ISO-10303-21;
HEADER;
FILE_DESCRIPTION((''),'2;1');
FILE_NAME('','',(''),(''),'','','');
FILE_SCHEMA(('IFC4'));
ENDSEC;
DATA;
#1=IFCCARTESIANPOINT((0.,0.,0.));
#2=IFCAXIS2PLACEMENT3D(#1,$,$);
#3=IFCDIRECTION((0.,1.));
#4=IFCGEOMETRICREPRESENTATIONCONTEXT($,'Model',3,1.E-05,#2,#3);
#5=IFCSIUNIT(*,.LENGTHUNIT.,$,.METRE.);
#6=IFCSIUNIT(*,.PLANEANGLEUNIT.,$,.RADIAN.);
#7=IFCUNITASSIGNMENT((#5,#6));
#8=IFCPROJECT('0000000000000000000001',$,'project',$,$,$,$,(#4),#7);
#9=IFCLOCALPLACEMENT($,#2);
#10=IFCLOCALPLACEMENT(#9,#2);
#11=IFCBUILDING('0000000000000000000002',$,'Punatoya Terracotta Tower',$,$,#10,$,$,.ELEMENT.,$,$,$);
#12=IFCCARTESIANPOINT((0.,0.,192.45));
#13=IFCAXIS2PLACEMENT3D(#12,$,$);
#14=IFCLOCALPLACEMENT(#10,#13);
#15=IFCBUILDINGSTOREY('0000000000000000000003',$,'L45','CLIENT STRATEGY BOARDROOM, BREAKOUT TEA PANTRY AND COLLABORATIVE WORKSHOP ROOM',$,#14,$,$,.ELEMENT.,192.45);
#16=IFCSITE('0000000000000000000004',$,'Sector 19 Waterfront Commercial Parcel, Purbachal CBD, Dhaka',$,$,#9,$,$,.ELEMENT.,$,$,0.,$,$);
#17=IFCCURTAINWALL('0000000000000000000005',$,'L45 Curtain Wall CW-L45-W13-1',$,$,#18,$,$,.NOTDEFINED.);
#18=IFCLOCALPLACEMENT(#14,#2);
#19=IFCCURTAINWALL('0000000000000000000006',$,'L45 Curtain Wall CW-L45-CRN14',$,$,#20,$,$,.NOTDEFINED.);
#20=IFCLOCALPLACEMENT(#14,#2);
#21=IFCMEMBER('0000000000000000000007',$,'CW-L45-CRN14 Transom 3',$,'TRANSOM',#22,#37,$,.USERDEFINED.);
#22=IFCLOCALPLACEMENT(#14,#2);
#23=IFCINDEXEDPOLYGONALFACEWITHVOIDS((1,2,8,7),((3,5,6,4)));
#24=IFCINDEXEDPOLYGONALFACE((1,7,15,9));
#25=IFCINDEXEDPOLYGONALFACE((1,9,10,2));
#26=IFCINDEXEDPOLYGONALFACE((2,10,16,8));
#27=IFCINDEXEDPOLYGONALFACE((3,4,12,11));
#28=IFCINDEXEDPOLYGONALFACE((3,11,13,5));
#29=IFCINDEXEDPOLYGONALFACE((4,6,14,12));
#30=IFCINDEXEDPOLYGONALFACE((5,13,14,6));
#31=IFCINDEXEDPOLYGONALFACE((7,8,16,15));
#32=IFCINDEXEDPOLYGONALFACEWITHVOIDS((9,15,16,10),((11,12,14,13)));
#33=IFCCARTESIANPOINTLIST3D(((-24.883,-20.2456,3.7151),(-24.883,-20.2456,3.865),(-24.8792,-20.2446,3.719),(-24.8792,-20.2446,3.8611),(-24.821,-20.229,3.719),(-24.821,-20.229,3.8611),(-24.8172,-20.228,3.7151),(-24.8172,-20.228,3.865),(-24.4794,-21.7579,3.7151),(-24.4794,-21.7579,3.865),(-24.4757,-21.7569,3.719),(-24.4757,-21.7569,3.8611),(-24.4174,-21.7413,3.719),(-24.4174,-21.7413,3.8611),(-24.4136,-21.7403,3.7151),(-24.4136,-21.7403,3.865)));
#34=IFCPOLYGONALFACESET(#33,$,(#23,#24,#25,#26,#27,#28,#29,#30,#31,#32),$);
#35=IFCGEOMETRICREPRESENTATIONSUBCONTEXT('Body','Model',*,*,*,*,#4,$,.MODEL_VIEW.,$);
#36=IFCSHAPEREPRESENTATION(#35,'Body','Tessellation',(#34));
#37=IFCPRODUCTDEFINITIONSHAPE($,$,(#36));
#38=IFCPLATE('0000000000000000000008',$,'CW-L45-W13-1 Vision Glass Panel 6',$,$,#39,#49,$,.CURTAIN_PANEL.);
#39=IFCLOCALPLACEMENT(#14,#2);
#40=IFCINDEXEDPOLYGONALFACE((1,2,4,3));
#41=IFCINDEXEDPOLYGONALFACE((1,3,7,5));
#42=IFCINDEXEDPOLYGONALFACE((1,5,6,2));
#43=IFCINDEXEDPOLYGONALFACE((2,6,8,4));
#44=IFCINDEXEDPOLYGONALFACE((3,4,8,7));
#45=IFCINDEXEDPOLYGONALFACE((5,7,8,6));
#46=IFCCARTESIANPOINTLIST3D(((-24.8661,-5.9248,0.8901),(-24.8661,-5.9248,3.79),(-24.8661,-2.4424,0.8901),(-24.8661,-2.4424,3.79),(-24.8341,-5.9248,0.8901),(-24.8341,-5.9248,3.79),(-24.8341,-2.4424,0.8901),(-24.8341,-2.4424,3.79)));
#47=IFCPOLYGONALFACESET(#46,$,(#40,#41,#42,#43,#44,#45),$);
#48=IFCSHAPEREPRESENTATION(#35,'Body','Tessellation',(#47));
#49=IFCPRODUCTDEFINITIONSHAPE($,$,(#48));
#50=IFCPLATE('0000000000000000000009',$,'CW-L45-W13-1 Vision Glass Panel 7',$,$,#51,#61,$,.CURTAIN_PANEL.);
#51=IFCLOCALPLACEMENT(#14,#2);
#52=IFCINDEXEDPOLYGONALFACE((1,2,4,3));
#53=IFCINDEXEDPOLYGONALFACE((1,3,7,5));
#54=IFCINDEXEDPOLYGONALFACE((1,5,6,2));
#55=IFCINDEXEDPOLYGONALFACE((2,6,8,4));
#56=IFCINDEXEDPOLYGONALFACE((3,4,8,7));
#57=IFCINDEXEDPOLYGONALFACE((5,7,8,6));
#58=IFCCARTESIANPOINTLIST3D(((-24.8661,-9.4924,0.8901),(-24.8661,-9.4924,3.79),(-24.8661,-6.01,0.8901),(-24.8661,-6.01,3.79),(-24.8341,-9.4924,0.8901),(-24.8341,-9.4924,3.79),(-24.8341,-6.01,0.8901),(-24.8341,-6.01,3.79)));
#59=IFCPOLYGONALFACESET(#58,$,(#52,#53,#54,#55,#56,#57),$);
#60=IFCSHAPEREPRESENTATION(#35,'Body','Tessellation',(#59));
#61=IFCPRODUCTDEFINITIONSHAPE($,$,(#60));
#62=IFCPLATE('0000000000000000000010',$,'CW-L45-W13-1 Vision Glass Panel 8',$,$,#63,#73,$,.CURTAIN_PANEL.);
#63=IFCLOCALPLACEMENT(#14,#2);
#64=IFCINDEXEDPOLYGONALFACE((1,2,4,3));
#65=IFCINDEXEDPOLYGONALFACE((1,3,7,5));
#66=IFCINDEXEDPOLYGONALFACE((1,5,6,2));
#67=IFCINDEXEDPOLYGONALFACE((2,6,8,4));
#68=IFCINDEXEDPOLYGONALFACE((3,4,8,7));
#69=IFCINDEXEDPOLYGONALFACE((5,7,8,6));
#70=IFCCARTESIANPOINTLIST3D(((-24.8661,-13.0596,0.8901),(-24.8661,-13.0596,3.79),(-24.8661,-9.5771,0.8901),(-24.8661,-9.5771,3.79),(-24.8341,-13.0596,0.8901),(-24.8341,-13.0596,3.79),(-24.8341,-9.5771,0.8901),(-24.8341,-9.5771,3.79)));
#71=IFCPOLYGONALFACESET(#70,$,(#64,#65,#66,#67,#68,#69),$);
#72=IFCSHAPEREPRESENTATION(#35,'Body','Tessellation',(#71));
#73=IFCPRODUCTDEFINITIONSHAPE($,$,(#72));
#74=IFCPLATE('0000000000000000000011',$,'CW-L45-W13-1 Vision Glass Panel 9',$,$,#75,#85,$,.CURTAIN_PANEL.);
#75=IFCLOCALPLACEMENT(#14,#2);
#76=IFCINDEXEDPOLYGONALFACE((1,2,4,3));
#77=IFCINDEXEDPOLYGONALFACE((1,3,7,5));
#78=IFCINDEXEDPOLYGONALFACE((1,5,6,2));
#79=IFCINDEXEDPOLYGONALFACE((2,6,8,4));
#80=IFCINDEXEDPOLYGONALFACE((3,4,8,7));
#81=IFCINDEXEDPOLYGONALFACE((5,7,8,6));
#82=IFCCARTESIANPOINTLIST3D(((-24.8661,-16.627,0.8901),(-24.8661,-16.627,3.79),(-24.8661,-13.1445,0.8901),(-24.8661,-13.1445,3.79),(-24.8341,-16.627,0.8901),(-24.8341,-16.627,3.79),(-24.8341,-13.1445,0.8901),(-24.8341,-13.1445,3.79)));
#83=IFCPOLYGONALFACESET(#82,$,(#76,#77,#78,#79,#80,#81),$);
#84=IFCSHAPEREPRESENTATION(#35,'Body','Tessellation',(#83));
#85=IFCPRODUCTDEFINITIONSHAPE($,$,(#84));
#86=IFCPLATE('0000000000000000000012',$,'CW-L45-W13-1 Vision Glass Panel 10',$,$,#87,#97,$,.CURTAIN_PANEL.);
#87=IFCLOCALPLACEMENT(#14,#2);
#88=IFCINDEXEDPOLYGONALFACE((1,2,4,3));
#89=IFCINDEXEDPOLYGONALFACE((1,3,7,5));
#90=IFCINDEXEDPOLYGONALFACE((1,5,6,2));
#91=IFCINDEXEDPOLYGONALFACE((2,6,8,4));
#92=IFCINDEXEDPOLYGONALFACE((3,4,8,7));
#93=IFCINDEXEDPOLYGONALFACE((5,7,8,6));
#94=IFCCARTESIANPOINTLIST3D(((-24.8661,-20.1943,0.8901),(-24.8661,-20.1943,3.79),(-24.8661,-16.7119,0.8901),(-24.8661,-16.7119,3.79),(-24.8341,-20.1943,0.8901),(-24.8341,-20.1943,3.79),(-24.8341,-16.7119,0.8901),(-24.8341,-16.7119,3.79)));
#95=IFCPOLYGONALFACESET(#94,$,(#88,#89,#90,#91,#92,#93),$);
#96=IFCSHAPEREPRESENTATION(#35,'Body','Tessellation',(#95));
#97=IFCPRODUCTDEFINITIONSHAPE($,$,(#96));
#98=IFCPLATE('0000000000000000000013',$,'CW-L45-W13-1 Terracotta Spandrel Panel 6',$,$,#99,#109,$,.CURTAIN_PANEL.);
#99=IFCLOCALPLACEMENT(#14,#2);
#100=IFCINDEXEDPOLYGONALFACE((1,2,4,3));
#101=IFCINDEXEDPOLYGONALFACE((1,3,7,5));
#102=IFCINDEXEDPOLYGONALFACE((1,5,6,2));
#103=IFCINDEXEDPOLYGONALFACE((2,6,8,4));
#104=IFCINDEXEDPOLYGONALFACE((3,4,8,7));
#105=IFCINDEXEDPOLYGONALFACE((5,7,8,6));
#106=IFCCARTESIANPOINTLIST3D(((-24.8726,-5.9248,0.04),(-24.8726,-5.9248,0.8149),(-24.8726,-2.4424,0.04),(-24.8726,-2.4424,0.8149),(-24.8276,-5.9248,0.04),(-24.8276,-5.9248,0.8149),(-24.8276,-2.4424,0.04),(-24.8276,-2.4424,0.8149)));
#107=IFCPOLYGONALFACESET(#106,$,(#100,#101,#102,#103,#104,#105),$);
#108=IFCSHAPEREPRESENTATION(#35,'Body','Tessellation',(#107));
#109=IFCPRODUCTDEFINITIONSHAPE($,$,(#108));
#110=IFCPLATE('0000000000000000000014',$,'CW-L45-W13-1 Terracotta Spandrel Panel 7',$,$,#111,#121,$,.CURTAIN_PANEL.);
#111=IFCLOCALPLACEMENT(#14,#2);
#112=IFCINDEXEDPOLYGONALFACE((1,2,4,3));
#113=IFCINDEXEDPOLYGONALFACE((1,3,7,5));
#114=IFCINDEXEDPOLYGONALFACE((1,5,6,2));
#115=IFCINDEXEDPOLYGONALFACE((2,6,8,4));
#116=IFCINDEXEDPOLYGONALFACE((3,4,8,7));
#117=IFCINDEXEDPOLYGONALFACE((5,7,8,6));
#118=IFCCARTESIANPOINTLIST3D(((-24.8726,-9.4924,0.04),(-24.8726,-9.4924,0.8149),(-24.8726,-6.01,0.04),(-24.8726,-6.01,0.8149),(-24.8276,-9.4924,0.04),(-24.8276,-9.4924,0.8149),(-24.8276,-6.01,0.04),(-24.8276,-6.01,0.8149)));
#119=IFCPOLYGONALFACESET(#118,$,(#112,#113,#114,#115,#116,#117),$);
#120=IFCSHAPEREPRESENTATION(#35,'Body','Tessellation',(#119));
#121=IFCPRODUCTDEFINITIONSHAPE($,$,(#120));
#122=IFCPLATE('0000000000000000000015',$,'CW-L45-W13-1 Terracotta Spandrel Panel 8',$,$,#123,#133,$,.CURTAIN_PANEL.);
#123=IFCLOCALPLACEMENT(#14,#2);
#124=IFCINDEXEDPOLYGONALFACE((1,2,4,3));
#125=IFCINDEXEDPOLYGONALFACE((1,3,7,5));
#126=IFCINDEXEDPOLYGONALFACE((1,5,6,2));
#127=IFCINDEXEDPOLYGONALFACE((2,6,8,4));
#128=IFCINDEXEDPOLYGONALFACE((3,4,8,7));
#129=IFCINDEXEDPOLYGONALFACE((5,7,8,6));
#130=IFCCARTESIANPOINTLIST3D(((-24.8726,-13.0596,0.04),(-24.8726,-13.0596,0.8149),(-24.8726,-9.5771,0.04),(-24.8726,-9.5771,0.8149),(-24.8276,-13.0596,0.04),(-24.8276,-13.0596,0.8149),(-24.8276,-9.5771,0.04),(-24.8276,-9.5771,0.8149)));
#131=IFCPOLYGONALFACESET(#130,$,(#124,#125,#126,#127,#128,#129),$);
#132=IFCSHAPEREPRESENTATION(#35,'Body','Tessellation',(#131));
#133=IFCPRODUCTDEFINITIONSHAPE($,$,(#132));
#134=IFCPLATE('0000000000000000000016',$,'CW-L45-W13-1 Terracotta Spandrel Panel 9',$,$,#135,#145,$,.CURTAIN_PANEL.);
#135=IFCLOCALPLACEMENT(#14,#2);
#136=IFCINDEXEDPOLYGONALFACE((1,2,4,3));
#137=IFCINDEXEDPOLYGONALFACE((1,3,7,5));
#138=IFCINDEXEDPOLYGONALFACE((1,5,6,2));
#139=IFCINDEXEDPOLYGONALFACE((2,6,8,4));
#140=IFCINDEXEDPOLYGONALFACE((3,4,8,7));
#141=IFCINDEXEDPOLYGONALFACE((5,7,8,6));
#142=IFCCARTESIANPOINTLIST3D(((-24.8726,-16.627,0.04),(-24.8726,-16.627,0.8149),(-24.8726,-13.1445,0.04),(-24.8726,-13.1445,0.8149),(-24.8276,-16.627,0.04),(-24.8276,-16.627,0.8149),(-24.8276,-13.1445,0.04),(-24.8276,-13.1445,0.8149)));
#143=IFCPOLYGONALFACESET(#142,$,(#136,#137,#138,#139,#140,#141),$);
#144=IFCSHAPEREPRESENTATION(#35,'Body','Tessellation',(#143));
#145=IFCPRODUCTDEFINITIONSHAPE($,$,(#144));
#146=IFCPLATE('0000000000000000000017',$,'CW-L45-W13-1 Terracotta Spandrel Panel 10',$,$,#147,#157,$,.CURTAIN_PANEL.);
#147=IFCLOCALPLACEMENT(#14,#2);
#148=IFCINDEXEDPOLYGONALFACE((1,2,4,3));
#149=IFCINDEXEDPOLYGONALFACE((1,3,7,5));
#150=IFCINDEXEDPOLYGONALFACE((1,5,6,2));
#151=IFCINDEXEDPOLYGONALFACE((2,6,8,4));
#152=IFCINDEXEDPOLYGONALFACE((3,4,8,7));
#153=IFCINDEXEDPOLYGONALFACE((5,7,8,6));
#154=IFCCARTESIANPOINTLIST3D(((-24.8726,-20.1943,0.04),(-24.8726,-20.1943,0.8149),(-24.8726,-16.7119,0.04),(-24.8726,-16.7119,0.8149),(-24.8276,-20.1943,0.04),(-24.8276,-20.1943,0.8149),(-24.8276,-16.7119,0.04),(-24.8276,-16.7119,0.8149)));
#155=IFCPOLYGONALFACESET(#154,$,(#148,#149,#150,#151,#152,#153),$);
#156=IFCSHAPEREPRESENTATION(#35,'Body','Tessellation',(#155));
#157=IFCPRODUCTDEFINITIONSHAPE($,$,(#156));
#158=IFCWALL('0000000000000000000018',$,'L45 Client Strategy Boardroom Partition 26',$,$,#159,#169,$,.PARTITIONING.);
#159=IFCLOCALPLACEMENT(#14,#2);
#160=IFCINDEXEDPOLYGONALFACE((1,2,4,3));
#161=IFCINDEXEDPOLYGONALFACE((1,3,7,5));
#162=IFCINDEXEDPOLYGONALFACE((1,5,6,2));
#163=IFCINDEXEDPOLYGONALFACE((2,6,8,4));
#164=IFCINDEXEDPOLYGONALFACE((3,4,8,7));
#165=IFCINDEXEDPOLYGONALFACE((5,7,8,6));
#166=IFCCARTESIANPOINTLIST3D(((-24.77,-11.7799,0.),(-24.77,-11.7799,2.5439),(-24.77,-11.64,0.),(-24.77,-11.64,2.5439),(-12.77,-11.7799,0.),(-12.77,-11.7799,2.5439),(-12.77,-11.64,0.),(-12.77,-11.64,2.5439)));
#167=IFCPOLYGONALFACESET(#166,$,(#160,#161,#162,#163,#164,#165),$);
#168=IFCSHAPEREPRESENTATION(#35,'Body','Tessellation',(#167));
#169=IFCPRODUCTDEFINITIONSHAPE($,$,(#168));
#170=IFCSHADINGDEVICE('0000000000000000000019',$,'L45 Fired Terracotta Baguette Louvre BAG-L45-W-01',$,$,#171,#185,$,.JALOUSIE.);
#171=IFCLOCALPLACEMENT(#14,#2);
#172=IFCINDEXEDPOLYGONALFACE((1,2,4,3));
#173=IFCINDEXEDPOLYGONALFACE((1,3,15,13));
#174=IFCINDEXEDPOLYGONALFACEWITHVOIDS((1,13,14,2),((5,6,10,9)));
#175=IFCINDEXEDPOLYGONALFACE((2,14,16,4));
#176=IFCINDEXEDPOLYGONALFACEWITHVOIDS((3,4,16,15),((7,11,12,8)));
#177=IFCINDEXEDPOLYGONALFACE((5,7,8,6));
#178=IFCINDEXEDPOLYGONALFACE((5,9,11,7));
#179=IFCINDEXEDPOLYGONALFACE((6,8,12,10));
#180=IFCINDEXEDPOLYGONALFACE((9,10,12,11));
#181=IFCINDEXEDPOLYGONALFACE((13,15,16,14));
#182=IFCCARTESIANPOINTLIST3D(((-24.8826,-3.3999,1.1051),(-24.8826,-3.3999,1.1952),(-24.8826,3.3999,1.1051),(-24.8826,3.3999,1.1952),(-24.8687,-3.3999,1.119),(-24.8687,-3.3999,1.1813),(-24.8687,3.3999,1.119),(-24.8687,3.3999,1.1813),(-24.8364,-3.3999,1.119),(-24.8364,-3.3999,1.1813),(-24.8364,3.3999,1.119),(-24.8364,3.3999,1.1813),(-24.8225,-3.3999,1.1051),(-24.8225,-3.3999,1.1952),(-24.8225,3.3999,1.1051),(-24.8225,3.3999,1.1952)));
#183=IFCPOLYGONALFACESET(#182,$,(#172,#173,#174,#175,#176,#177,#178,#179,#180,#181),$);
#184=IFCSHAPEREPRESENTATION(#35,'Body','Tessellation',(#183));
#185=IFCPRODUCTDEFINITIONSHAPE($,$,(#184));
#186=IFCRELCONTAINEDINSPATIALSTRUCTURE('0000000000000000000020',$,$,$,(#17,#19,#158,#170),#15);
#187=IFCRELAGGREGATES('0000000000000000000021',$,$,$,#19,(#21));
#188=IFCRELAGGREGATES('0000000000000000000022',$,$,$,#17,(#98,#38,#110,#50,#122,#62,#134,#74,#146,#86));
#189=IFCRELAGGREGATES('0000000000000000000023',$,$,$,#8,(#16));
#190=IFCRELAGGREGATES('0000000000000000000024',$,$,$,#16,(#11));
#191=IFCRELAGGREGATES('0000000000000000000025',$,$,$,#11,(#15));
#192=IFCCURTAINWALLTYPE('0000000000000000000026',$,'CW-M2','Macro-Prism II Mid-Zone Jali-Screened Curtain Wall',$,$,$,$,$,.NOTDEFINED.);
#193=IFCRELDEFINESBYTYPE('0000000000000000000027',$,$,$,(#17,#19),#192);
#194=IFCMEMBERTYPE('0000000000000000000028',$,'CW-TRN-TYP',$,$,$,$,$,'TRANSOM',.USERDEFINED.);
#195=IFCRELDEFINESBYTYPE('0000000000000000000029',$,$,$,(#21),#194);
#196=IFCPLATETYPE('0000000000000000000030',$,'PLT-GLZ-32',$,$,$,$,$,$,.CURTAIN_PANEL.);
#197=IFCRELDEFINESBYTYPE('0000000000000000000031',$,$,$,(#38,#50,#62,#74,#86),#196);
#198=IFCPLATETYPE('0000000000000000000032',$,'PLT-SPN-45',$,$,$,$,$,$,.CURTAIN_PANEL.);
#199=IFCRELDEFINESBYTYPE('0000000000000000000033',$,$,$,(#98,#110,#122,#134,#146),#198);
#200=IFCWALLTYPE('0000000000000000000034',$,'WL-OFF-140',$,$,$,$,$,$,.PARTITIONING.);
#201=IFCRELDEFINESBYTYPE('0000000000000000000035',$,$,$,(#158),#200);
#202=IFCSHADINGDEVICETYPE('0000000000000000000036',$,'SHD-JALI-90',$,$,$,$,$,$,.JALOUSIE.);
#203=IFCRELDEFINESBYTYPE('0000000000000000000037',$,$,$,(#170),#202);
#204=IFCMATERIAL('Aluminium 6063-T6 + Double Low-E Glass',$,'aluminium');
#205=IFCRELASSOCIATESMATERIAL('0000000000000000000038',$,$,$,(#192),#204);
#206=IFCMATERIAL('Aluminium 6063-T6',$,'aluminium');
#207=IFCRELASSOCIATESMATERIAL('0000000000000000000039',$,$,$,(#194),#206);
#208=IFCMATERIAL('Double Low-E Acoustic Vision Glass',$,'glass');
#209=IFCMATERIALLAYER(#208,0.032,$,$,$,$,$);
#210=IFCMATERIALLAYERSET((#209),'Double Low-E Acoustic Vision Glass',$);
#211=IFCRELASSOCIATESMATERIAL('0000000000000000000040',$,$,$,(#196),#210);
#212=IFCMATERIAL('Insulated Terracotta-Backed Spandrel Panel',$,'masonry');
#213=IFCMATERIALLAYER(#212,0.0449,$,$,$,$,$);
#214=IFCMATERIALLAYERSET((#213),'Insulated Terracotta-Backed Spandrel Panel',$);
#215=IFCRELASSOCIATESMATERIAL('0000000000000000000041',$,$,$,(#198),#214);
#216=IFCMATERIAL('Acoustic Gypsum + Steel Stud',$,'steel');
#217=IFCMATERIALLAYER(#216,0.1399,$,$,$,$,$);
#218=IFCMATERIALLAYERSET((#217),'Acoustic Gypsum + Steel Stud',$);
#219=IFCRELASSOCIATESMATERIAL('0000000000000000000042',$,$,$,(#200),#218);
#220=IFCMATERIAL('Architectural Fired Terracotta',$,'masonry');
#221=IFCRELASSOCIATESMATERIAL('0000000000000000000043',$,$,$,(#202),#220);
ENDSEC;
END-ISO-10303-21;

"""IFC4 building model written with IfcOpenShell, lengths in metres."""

from ifc_helpers import new_model, si_unit, direction, frame, frame_2d, origin, origin_2d, place, context, subcontext, project, spatial, rectangle, hollow_rectangle, extrude, material, layer, layer_set, material_profile, profile_set, type_object, element, aggregate, save


model = new_model("IFC4")

# Units and contexts
model_context = context("Model", 3, precision=1e-05, world=origin(), true_north=direction((0.0, 1.0)))
body_context = subcontext(model_context, "Body", "Model", "MODEL_VIEW")
ifc_project = project(units=[si_unit("LENGTHUNIT", "METRE"), si_unit("PLANEANGLEUNIT", "RADIAN")], contexts=[model_context])

# Site, building, storey
site_placement = place(None, origin())
site = spatial("IfcSite", under=ifc_project, at=site_placement, Name="Sector 19 Waterfront Commercial Parcel, Purbachal CBD, Dhaka", CompositionType="ELEMENT", RefElevation=0.0)
building_placement = place(site_placement, origin())
building = spatial("IfcBuilding", under=site, at=building_placement, Name="Punatoya Terracotta Tower", CompositionType="ELEMENT")
storey_placement = place(building_placement, frame((0.0, 0.0, 192.45)))
storey = spatial("IfcBuildingStorey", under=building, at=storey_placement, Name="L45", Description="CLIENT STRATEGY BOARDROOM, BREAKOUT TEA PANTRY AND COLLABORATIVE WORKSHOP ROOM", CompositionType="ELEMENT", Elevation=192.45)

# Curtain wall
ifc_material_1 = material(Name="Aluminium 6063-T6 + Double Low-E Glass", Category="aluminium")
curtain_wall_type = type_object("IfcCurtainWallType", Name="CW-M2", Description="Macro-Prism II Mid-Zone Jali-Screened Curtain Wall", PredefinedType="NOTDEFINED", material=ifc_material_1)
curtain_wall_1_placement = place(storey_placement, origin())
curtain_wall_1 = element("IfcCurtainWall", 1, at=curtain_wall_1_placement, inside=storey, type_object=curtain_wall_type, Name="L45 Curtain Wall CW-L45-W13-1", PredefinedType="NOTDEFINED")
ifc_material_2 = material(Name="Aluminium 6063-T6", Category="aluminium")

# Curtain wall, member
curtain_wall_2_placement = place(storey_placement, origin())
curtain_wall_2 = element("IfcCurtainWall", 2, at=curtain_wall_2_placement, inside=storey, type_object=curtain_wall_type, Name="L45 Curtain Wall CW-L45-CRN14", PredefinedType="NOTDEFINED")
ifc_material_profile_1 = material_profile(ifc_material_2, hollow_rectangle(XDim=0.0681, YDim=0.1499, WallThickness=0.0039, at=origin_2d()))
ifc_profile_set_1 = profile_set([ifc_material_profile_1], Name="Aluminium 6063-T6")
member_type_1 = type_object("IfcMemberType", Name="CW-TRN-TYP", ElementType="TRANSOM", PredefinedType="USERDEFINED", material=ifc_profile_set_1)
member_1_placement = place(storey_placement, frame((-24.8501, -20.2368, 3.79), z_axis=(0.257847, -0.966186, 0.0), x_axis=(0.966186, 0.257847, 0.0)))
member_1 = element("IfcMember", 3, at=member_1_placement, type_object=member_type_1, Name="CW-L45-CRN14 Transom 3", ObjectType="TRANSOM", PredefinedType="USERDEFINED", context=body_context, shape_type="SweptSolid", body=[
    extrude(hollow_rectangle(XDim=0.0681, YDim=0.1499, WallThickness=0.0039, at=origin_2d()), origin(), (0.0, 0.0, 1.0), 1.5652),
])
aggregate(curtain_wall_2, [member_1])

# Plates
ifc_material_3 = material(Name="Double Low-E Acoustic Vision Glass", Category="glass")
ifc_layer_1 = layer(ifc_material_3, 0.032)
ifc_layer_set_1 = layer_set([ifc_layer_1], Name="Double Low-E Acoustic Vision Glass")
plate_type_1 = type_object("IfcPlateType", Name="PLT-GLZ-32", PredefinedType="CURTAIN_PANEL", material=ifc_layer_set_1)
plate_1_placement = place(storey_placement, frame((-24.8501, -4.1836, 0.8901), z_axis=(0.0, 0.0, 1.0), x_axis=(0.0, -1.0, 0.0)))
plate_1 = element("IfcPlate", 4, at=plate_1_placement, type_object=plate_type_1, Name="CW-L45-W13-1 Vision Glass Panel 6", PredefinedType="CURTAIN_PANEL", context=body_context, shape_type="SweptSolid", body=[
    extrude(rectangle(XDim=3.4824, YDim=0.032, at=origin_2d()), origin(), (0.0, 0.0, 1.0), 2.8999),
])
plate_2_placement = place(storey_placement, frame((-24.8501, -7.7512, 0.8901), z_axis=(0.0, 0.0, 1.0), x_axis=(0.0, -1.0, 0.0)))
plate_2 = element("IfcPlate", 5, at=plate_2_placement, type_object=plate_type_1, Name="CW-L45-W13-1 Vision Glass Panel 7", PredefinedType="CURTAIN_PANEL", context=body_context, shape_type="SweptSolid", body=[
    extrude(rectangle(XDim=3.4824, YDim=0.032, at=origin_2d()), origin(), (0.0, 0.0, 1.0), 2.8999),
])
plate_3_placement = place(storey_placement, frame((-24.8501, -11.3184, 0.8901), z_axis=(0.0, 0.0, 1.0), x_axis=(0.0, -1.0, 0.0)))
plate_3 = element("IfcPlate", 6, at=plate_3_placement, type_object=plate_type_1, Name="CW-L45-W13-1 Vision Glass Panel 8", PredefinedType="CURTAIN_PANEL", context=body_context, shape_type="SweptSolid", body=[
    extrude(rectangle(XDim=3.4824, YDim=0.032, at=origin_2d()), origin(), (0.0, 0.0, 1.0), 2.8999),
])
plate_4_placement = place(storey_placement, frame((-24.8501, -14.8857, 0.8901), z_axis=(0.0, 0.0, 1.0), x_axis=(0.0, -1.0, 0.0)))
plate_4 = element("IfcPlate", 7, at=plate_4_placement, type_object=plate_type_1, Name="CW-L45-W13-1 Vision Glass Panel 9", PredefinedType="CURTAIN_PANEL", context=body_context, shape_type="SweptSolid", body=[
    extrude(rectangle(XDim=3.4824, YDim=0.032, at=origin_2d()), origin(), (0.0, 0.0, 1.0), 2.8999),
])
plate_5_placement = place(storey_placement, frame((-24.8501, -18.4531, 0.8901), z_axis=(0.0, 0.0, 1.0), x_axis=(0.0, -1.0, 0.0)))
plate_5 = element("IfcPlate", 8, at=plate_5_placement, type_object=plate_type_1, Name="CW-L45-W13-1 Vision Glass Panel 10", PredefinedType="CURTAIN_PANEL", context=body_context, shape_type="SweptSolid", body=[
    extrude(rectangle(XDim=3.4824, YDim=0.032, at=origin_2d()), origin(), (0.0, 0.0, 1.0), 2.8999),
])
ifc_material_4 = material(Name="Insulated Terracotta-Backed Spandrel Panel", Category="masonry")
ifc_layer_2 = layer(ifc_material_4, 0.0449)
ifc_layer_set_2 = layer_set([ifc_layer_2], Name="Insulated Terracotta-Backed Spandrel Panel")
plate_type_2 = type_object("IfcPlateType", Name="PLT-SPN-45", PredefinedType="CURTAIN_PANEL", material=ifc_layer_set_2)
plate_6_placement = place(storey_placement, frame((-24.8501, -4.1836, 0.04), z_axis=(0.0, 0.0, 1.0), x_axis=(0.0, -1.0, 0.0)))
plate_6 = element("IfcPlate", 9, at=plate_6_placement, type_object=plate_type_2, Name="CW-L45-W13-1 Terracotta Spandrel Panel 6", PredefinedType="CURTAIN_PANEL", context=body_context, shape_type="SweptSolid", body=[
    extrude(rectangle(XDim=3.4824, YDim=0.0449, at=origin_2d()), origin(), (0.0, 0.0, 1.0), 0.7749),
])
plate_7_placement = place(storey_placement, frame((-24.8501, -7.7512, 0.04), z_axis=(0.0, 0.0, 1.0), x_axis=(0.0, -1.0, 0.0)))
plate_7 = element("IfcPlate", 10, at=plate_7_placement, type_object=plate_type_2, Name="CW-L45-W13-1 Terracotta Spandrel Panel 7", PredefinedType="CURTAIN_PANEL", context=body_context, shape_type="SweptSolid", body=[
    extrude(rectangle(XDim=3.4824, YDim=0.0449, at=origin_2d()), origin(), (0.0, 0.0, 1.0), 0.7749),
])
plate_8_placement = place(storey_placement, frame((-24.8501, -11.3184, 0.04), z_axis=(0.0, 0.0, 1.0), x_axis=(0.0, -1.0, 0.0)))
plate_8 = element("IfcPlate", 11, at=plate_8_placement, type_object=plate_type_2, Name="CW-L45-W13-1 Terracotta Spandrel Panel 8", PredefinedType="CURTAIN_PANEL", context=body_context, shape_type="SweptSolid", body=[
    extrude(rectangle(XDim=3.4824, YDim=0.0449, at=origin_2d()), origin(), (0.0, 0.0, 1.0), 0.7749),
])
plate_9_placement = place(storey_placement, frame((-24.8501, -14.8857, 0.04), z_axis=(0.0, 0.0, 1.0), x_axis=(0.0, -1.0, 0.0)))
plate_9 = element("IfcPlate", 12, at=plate_9_placement, type_object=plate_type_2, Name="CW-L45-W13-1 Terracotta Spandrel Panel 9", PredefinedType="CURTAIN_PANEL", context=body_context, shape_type="SweptSolid", body=[
    extrude(rectangle(XDim=3.4824, YDim=0.0449, at=origin_2d()), origin(), (0.0, 0.0, 1.0), 0.7749),
])
plate_10_placement = place(storey_placement, frame((-24.8501, -18.4531, 0.04), z_axis=(0.0, 0.0, 1.0), x_axis=(0.0, -1.0, 0.0)))
plate_10 = element("IfcPlate", 13, at=plate_10_placement, type_object=plate_type_2, Name="CW-L45-W13-1 Terracotta Spandrel Panel 10", PredefinedType="CURTAIN_PANEL", context=body_context, shape_type="SweptSolid", body=[
    extrude(rectangle(XDim=3.4824, YDim=0.0449, at=origin_2d()), origin(), (0.0, 0.0, 1.0), 0.7749),
])
aggregate(curtain_wall_1, [plate_6, plate_1, plate_7, plate_2, plate_8, plate_3, plate_9, plate_4, plate_10, plate_5])

# Wall
ifc_material_5 = material(Name="Acoustic Gypsum + Steel Stud", Category="steel")
ifc_layer_3 = layer(ifc_material_5, 0.1399)
ifc_layer_set_3 = layer_set([ifc_layer_3], Name="Acoustic Gypsum + Steel Stud")
wall_type = type_object("IfcWallType", Name="WL-OFF-140", PredefinedType="PARTITIONING", material=ifc_layer_set_3)
wall_placement = place(storey_placement, frame((-24.77, -11.71, 0.0), z_axis=(0.0, 0.0, 1.0), x_axis=(1.0, 0.0, 0.0)))
element("IfcWall", 14, at=wall_placement, inside=storey, type_object=wall_type, Name="L45 Client Strategy Boardroom Partition 26", PredefinedType="PARTITIONING", context=body_context, shape_type="SweptSolid", body=[
    extrude(rectangle(XDim=12.0, YDim=0.1399, at=frame_2d((6.0, 0.0))), origin(), (0.0, 0.0, 1.0), 2.5439),
])

# Shading device
ifc_material_6 = material(Name="Architectural Fired Terracotta", Category="masonry")
ifc_material_profile_2 = material_profile(ifc_material_6, hollow_rectangle(XDim=0.0601, YDim=0.0901, WallThickness=0.0139, at=origin_2d()))
ifc_profile_set_2 = profile_set([ifc_material_profile_2], Name="Architectural Fired Terracotta")
shading_device_type = type_object("IfcShadingDeviceType", Name="SHD-JALI-90", PredefinedType="JALOUSIE", material=ifc_profile_set_2)
for number, where, z_axis, x_axis, name in (
    (15, (-24.8525, -3.3999, 1.1501), (0.0, 1.0, 0.0), (-1.0, 0.0, 0.0), "L45 Fired Terracotta Baguette Louvre BAG-L45-W-01"),
):
    element("IfcShadingDevice", number, at=place(storey_placement, frame(where, z_axis=z_axis, x_axis=x_axis)), inside=storey, type_object=shading_device_type, Name=name, PredefinedType="JALOUSIE", context=body_context, shape_type="SweptSolid", body=[
        extrude(hollow_rectangle(XDim=0.0601, YDim=0.0901, WallThickness=0.0139, at=origin_2d()), origin(), (0.0, 0.0, 1.0), 6.7998),
    ])

save(model, "model.ifc")
